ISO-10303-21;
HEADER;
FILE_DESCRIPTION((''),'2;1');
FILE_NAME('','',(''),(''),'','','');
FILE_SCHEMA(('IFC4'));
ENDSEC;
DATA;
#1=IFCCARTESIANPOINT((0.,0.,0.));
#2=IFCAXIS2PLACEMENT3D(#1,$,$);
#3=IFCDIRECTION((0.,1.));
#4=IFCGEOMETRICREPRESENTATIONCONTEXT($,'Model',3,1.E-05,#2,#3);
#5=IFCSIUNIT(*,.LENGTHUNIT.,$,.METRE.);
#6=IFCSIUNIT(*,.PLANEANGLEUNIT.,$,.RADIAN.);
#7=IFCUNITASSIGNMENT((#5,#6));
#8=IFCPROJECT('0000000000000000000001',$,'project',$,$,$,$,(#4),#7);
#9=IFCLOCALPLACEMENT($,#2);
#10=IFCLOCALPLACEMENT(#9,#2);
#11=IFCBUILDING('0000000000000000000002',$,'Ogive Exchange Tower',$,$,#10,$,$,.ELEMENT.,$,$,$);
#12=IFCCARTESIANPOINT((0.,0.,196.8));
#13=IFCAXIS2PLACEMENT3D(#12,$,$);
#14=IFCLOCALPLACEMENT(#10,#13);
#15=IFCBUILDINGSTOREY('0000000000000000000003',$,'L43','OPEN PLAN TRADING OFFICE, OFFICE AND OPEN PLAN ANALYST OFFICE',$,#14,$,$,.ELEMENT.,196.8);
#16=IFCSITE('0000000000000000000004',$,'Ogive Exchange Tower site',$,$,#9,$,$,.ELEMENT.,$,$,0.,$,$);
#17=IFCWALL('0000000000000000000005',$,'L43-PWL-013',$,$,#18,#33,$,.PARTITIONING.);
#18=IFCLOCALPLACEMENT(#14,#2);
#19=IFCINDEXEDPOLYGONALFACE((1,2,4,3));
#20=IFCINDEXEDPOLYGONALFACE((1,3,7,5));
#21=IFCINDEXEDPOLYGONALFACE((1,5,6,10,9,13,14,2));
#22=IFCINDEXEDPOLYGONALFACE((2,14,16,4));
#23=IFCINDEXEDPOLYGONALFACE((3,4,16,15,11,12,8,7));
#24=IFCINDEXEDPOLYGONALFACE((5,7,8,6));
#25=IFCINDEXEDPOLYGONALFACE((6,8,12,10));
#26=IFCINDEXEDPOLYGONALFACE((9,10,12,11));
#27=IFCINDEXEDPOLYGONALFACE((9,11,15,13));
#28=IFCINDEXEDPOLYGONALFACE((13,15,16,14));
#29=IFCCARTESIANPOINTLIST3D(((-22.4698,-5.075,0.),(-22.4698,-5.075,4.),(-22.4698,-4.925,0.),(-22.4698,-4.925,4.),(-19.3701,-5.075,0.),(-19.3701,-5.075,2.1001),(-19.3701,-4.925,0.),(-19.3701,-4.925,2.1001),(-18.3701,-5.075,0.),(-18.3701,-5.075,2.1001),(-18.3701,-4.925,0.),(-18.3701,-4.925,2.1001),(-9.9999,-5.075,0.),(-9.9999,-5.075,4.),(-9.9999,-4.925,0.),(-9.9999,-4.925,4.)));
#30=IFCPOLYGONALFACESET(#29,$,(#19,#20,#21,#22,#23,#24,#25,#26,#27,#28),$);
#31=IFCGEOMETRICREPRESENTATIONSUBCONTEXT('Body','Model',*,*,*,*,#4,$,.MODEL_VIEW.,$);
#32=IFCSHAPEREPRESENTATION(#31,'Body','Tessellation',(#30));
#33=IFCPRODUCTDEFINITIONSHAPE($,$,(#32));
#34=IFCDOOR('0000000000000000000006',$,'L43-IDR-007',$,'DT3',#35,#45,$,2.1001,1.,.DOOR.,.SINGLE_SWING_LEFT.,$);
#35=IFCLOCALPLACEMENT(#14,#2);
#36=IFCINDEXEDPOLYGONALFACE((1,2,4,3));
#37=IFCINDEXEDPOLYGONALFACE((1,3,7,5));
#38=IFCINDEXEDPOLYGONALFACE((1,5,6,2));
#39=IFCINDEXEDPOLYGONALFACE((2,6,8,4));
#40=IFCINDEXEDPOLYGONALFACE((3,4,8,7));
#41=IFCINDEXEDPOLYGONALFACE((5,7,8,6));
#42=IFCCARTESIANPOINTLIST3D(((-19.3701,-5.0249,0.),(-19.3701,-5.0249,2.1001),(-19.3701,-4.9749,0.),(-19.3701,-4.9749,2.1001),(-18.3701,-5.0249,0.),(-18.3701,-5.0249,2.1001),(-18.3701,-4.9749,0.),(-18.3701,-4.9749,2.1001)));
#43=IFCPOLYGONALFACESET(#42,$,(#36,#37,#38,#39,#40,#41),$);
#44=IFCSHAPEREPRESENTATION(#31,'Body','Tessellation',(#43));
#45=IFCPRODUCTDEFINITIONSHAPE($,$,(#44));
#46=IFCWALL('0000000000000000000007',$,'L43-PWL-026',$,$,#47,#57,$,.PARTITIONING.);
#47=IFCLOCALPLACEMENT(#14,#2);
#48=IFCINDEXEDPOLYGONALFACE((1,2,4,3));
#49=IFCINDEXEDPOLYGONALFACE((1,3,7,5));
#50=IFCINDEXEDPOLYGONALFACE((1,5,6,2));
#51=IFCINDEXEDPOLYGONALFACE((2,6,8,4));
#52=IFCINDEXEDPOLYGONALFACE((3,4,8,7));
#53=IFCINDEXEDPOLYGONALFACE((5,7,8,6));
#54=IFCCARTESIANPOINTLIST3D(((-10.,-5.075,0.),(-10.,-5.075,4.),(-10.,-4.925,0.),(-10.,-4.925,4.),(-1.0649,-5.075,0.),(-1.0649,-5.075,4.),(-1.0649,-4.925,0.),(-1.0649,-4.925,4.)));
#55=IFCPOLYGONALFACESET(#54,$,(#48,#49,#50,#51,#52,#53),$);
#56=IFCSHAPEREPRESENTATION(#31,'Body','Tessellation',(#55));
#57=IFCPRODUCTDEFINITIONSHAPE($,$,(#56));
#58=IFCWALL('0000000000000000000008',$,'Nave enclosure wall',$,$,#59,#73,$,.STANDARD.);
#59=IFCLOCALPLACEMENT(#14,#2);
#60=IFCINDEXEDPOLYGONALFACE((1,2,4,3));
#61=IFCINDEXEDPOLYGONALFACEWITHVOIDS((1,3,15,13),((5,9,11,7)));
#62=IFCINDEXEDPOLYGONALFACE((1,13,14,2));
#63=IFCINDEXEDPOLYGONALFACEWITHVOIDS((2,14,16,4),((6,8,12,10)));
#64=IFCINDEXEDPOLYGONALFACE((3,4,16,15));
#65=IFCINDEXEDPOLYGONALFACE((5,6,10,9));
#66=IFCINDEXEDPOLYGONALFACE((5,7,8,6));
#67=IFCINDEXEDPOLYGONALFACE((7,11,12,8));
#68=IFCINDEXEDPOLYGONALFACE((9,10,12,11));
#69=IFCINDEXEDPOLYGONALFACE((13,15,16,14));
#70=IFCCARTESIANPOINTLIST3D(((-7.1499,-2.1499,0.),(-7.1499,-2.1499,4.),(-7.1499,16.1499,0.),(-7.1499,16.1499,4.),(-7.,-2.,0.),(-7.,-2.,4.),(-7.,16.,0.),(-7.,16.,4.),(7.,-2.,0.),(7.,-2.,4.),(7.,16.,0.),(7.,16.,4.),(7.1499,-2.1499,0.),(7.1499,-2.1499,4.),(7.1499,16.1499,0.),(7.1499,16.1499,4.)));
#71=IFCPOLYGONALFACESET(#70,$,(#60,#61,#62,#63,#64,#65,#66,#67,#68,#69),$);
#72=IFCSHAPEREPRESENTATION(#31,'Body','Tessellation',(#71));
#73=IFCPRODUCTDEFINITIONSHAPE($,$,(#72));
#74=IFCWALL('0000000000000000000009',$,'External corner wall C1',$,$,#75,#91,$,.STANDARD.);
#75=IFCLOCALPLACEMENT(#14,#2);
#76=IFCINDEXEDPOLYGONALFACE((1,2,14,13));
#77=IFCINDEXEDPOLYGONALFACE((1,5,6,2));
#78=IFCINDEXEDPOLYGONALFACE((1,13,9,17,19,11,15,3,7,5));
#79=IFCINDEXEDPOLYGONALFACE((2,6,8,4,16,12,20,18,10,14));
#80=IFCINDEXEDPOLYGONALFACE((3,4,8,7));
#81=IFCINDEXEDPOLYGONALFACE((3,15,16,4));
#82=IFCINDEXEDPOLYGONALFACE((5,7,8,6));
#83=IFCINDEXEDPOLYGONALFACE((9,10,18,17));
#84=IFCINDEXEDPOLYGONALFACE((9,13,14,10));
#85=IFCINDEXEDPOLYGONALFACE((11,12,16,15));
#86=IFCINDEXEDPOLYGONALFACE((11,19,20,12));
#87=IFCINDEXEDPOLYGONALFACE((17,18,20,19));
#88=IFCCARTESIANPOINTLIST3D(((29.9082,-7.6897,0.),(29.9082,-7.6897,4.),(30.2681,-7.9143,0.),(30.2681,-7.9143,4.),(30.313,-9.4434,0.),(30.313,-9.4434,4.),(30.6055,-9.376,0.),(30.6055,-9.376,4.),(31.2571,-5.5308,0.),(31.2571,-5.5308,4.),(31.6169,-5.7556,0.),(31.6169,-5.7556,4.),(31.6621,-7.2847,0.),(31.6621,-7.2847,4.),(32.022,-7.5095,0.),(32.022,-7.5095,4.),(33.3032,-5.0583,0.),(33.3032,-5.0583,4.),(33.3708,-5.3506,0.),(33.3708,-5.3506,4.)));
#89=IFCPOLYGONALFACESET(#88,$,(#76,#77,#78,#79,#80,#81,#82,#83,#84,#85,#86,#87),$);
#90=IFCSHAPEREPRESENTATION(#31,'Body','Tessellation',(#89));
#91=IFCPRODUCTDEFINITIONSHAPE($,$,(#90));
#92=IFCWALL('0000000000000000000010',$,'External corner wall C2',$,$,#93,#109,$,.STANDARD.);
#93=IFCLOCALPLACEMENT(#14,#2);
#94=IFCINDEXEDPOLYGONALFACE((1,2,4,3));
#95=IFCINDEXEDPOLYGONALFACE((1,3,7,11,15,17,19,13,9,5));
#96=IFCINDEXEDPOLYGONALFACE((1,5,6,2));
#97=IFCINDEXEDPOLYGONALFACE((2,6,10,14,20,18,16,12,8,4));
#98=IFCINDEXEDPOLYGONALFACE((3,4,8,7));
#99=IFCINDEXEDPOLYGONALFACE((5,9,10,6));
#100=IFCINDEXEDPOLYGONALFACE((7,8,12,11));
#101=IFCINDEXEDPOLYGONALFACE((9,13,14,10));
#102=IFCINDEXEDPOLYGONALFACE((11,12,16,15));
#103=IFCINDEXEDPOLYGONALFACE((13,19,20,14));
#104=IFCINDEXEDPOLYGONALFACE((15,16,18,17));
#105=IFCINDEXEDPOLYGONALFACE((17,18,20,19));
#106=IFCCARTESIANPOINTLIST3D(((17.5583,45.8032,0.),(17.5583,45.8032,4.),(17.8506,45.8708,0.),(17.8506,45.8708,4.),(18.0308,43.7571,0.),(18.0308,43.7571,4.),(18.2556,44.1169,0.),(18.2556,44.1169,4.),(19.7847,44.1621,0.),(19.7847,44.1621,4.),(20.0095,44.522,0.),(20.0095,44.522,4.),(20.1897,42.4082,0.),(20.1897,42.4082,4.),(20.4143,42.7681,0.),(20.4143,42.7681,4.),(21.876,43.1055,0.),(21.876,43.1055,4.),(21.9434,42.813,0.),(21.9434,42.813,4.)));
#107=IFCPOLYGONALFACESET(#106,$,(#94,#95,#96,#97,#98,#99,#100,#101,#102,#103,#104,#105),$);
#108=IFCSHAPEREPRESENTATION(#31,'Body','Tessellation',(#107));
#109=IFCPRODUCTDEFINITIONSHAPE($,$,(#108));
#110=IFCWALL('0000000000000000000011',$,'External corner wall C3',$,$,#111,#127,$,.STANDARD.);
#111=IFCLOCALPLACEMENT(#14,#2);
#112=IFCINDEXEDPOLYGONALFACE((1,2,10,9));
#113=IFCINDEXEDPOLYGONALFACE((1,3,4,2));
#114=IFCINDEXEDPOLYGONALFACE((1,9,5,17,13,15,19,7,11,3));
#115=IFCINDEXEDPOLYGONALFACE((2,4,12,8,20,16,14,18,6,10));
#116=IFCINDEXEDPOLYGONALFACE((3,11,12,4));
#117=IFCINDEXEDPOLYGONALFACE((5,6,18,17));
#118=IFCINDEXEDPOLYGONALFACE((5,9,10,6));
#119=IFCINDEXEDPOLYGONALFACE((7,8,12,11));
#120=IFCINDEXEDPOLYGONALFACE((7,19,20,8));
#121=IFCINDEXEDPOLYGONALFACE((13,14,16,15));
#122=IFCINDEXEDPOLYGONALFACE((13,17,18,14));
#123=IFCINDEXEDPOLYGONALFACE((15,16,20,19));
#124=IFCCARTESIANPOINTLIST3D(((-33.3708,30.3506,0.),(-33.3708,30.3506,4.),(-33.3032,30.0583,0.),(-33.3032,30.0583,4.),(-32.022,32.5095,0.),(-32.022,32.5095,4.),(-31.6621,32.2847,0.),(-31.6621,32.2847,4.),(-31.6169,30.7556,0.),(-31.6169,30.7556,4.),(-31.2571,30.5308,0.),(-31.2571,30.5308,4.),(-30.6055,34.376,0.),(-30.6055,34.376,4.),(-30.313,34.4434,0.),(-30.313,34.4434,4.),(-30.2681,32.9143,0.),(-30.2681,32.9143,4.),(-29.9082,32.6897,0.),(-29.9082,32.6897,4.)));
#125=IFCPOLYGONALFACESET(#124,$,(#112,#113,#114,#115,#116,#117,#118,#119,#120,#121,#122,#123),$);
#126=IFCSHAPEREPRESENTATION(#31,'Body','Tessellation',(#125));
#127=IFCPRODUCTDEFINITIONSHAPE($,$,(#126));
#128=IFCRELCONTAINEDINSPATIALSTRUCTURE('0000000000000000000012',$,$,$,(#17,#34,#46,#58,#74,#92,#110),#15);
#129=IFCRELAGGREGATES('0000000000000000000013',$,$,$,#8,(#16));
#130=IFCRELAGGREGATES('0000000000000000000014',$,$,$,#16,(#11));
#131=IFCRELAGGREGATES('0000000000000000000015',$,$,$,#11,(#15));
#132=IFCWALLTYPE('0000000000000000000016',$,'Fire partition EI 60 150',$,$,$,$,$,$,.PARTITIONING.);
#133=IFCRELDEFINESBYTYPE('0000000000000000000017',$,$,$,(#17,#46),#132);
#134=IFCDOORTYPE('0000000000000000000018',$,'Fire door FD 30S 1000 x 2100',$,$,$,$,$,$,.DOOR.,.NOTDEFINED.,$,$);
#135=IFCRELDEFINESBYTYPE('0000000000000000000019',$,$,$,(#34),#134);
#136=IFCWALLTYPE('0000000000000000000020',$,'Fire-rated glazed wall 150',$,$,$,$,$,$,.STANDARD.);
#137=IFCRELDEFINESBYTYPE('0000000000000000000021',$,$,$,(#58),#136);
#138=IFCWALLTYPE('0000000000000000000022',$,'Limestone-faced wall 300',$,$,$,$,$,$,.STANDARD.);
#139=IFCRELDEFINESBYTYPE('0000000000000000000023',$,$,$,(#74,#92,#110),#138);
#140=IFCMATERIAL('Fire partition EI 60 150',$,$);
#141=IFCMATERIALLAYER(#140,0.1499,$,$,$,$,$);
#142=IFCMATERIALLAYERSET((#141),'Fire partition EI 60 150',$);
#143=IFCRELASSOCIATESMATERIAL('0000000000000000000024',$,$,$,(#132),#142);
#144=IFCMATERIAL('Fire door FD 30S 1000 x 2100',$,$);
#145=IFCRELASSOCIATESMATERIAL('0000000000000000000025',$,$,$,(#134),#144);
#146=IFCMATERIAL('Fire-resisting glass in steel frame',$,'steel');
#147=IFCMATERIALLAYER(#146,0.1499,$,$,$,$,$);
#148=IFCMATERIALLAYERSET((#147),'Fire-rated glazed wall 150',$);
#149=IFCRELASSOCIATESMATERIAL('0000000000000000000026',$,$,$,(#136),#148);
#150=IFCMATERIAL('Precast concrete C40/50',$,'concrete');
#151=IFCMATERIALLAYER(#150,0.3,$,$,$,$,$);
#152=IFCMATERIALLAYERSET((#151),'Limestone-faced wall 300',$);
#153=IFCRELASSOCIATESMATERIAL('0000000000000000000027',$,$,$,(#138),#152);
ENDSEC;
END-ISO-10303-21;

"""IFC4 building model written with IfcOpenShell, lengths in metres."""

from ifc_helpers import new_model, si_unit, direction, frame, frame_2d, origin, place, context, subcontext, project, spatial, polyline, rectangle, outline, extrude, material, layer, layer_set, type_object, element, fill, save


model = new_model("IFC4")

# Units and contexts
model_context = context("Model", 3, precision=1e-05, world=origin(), true_north=direction((0.0, 1.0)))
body_context = subcontext(model_context, "Body", "Model", "MODEL_VIEW")
ifc_project = project(units=[si_unit("LENGTHUNIT", "METRE"), si_unit("PLANEANGLEUNIT", "RADIAN")], contexts=[model_context])

# Site, building, storey
site_placement = place(None, origin())
site = spatial("IfcSite", under=ifc_project, at=site_placement, Name="Ogive Exchange Tower site", CompositionType="ELEMENT", RefElevation=0.0)
building_placement = place(site_placement, origin())
building = spatial("IfcBuilding", under=site, at=building_placement, Name="Ogive Exchange Tower", CompositionType="ELEMENT")
storey_placement = place(building_placement, frame((0.0, 0.0, 196.8)))
storey = spatial("IfcBuildingStorey", under=building, at=storey_placement, Name="L43", Description="OPEN PLAN TRADING OFFICE, OFFICE AND OPEN PLAN ANALYST OFFICE", CompositionType="ELEMENT", Elevation=196.8)

# Wall, opening, door
ifc_material_1 = material(Name="Fire partition EI 60 150")
ifc_layer_1 = layer(ifc_material_1, 0.1499)
ifc_layer_set_1 = layer_set([ifc_layer_1], Name="Fire partition EI 60 150")
wall_type_1 = type_object("IfcWallType", Name="Fire partition EI 60 150", PredefinedType="PARTITIONING", material=ifc_layer_set_1)
wall_1_placement = place(storey_placement, frame((-10.0, -5.0, 0.0), z_axis=(0.0, 0.0, 1.0), x_axis=(-1.0, 0.0, 0.0)))
wall_1 = element("IfcWall", 1, at=wall_1_placement, inside=storey, type_object=wall_type_1, Name="L43-PWL-013", PredefinedType="PARTITIONING", context=body_context, shape_type="SweptSolid", body=[
    extrude(rectangle(XDim=12.47, YDim=0.1499, at=frame_2d((6.2349, 0.0))), origin(), (0.0, 0.0, 1.0), 4.0),
])
opening_1_placement = place(wall_1_placement, frame((8.3701, 0.0, 0.0)))
opening_1 = element("IfcOpeningElement", 2, at=opening_1_placement, cuts=wall_1, PredefinedType="OPENING", context=body_context, shape_type="SweptSolid", body=[
    extrude(rectangle(XDim=1.0, YDim=2.1001, at=frame_2d((0.5, 1.05))), frame((0.0, 0.085, 0.0), z_axis=(0.0, -1.0, 0.0), x_axis=(1.0, 0.0, 0.0)), (0.0, 0.0, 1.0), 0.1699),
])
ifc_material_2 = material(Name="Fire door FD 30S 1000 x 2100")
door_type_1 = type_object("IfcDoorType", Name="Fire door FD 30S 1000 x 2100", OperationType="NOTDEFINED", PredefinedType="DOOR", material=ifc_material_2)
door_1_placement = place(opening_1_placement, origin())
door_1 = element("IfcDoor", 3, at=door_1_placement, inside=storey, type_object=door_type_1, Name="L43-IDR-007", ObjectType="DT3", OperationType="SINGLE_SWING_LEFT", OverallHeight=2.1001, OverallWidth=1.0, PredefinedType="DOOR", context=body_context, shape_type="SweptSolid", body=[
    extrude(rectangle(XDim=1.0, YDim=2.1001, at=frame_2d((0.5, 1.05))), frame((0.0, 0.0249, 0.0), z_axis=(0.0, -1.0, 0.0), x_axis=(1.0, 0.0, 0.0)), (0.0, 0.0, 1.0), 0.05),
])
fill(opening_1, door_1)

# Walls
wall_2_placement = place(storey_placement, frame((-1.0649, -5.0, 0.0), z_axis=(0.0, 0.0, 1.0), x_axis=(-1.0, 0.0, 0.0)))
element("IfcWall", 4, at=wall_2_placement, inside=storey, type_object=wall_type_1, Name="L43-PWL-026", PredefinedType="PARTITIONING", context=body_context, shape_type="SweptSolid", body=[
    extrude(rectangle(XDim=8.9351, YDim=0.1499, at=frame_2d((4.4675, 0.0))), origin(), (0.0, 0.0, 1.0), 4.0),
])
ifc_material_3 = material(Name="Fire-resisting glass in steel frame", Category="steel")
ifc_layer_2 = layer(ifc_material_3, 0.1499)
ifc_layer_set_2 = layer_set([ifc_layer_2], Name="Fire-rated glazed wall 150")
wall_type_2 = type_object("IfcWallType", Name="Fire-rated glazed wall 150", PredefinedType="STANDARD", material=ifc_layer_set_2)
wall_3_placement = place(storey_placement, origin())
element("IfcWall", 5, at=wall_3_placement, inside=storey, type_object=wall_type_2, Name="Nave enclosure wall", PredefinedType="STANDARD", context=body_context, shape_type="SweptSolid", body=[
    extrude(outline(polyline([(-7.1499, -2.1499), (7.1499, -2.1499), (7.1499, 16.1499), (-7.1499, 16.1499), (-7.1499, -2.1499)]), holes=[polyline([(-7.0, -2.0), (-7.0, 16.0), (7.0, 16.0), (7.0, -2.0), (-7.0, -2.0)])]), origin(), (0.0, 0.0, 1.0), 4.0),
])
ifc_material_4 = material(Name="Precast concrete C40/50", Category="concrete")
ifc_layer_3 = layer(ifc_material_4, 0.3)
ifc_layer_set_3 = layer_set([ifc_layer_3], Name="Limestone-faced wall 300")
wall_type_3 = type_object("IfcWallType", Name="Limestone-faced wall 300", PredefinedType="STANDARD", material=ifc_layer_set_3)
wall_4_placement = place(storey_placement, origin())
element("IfcWall", 6, at=wall_4_placement, inside=storey, type_object=wall_type_3, Name="External corner wall C1", PredefinedType="STANDARD", context=body_context, shape_type="SweptSolid", body=[
    extrude(outline(polyline([(31.6621, -7.2847), (31.2571, -5.5308), (33.3032, -5.0583), (33.3708, -5.3506), (31.6169, -5.7556), (32.022, -7.5095), (30.2681, -7.9143), (30.6055, -9.376), (30.313, -9.4434), (29.9082, -7.6897), (31.6621, -7.2847)])), origin(), (0.0, 0.0, 1.0), 4.0),
])
wall_5_placement = place(storey_placement, origin())
element("IfcWall", 7, at=wall_5_placement, inside=storey, type_object=wall_type_3, Name="External corner wall C2", PredefinedType="STANDARD", context=body_context, shape_type="SweptSolid", body=[
    extrude(outline(polyline([(19.7847, 44.1621), (18.0308, 43.7571), (17.5583, 45.8032), (17.8506, 45.8708), (18.2556, 44.1169), (20.0095, 44.522), (20.4143, 42.7681), (21.876, 43.1055), (21.9434, 42.813), (20.1897, 42.4082), (19.7847, 44.1621)])), origin(), (0.0, 0.0, 1.0), 4.0),
])
wall_6_placement = place(storey_placement, origin())
element("IfcWall", 8, at=wall_6_placement, inside=storey, type_object=wall_type_3, Name="External corner wall C3", PredefinedType="STANDARD", context=body_context, shape_type="SweptSolid", body=[
    extrude(outline(polyline([(-31.6169, 30.7556), (-32.022, 32.5095), (-30.2681, 32.9143), (-30.6055, 34.376), (-30.313, 34.4434), (-29.9082, 32.6897), (-31.6621, 32.2847), (-31.2571, 30.5308), (-33.3032, 30.0583), (-33.3708, 30.3506), (-31.6169, 30.7556)])), origin(), (0.0, 0.0, 1.0), 4.0),
])

save(model, "model.ifc")
